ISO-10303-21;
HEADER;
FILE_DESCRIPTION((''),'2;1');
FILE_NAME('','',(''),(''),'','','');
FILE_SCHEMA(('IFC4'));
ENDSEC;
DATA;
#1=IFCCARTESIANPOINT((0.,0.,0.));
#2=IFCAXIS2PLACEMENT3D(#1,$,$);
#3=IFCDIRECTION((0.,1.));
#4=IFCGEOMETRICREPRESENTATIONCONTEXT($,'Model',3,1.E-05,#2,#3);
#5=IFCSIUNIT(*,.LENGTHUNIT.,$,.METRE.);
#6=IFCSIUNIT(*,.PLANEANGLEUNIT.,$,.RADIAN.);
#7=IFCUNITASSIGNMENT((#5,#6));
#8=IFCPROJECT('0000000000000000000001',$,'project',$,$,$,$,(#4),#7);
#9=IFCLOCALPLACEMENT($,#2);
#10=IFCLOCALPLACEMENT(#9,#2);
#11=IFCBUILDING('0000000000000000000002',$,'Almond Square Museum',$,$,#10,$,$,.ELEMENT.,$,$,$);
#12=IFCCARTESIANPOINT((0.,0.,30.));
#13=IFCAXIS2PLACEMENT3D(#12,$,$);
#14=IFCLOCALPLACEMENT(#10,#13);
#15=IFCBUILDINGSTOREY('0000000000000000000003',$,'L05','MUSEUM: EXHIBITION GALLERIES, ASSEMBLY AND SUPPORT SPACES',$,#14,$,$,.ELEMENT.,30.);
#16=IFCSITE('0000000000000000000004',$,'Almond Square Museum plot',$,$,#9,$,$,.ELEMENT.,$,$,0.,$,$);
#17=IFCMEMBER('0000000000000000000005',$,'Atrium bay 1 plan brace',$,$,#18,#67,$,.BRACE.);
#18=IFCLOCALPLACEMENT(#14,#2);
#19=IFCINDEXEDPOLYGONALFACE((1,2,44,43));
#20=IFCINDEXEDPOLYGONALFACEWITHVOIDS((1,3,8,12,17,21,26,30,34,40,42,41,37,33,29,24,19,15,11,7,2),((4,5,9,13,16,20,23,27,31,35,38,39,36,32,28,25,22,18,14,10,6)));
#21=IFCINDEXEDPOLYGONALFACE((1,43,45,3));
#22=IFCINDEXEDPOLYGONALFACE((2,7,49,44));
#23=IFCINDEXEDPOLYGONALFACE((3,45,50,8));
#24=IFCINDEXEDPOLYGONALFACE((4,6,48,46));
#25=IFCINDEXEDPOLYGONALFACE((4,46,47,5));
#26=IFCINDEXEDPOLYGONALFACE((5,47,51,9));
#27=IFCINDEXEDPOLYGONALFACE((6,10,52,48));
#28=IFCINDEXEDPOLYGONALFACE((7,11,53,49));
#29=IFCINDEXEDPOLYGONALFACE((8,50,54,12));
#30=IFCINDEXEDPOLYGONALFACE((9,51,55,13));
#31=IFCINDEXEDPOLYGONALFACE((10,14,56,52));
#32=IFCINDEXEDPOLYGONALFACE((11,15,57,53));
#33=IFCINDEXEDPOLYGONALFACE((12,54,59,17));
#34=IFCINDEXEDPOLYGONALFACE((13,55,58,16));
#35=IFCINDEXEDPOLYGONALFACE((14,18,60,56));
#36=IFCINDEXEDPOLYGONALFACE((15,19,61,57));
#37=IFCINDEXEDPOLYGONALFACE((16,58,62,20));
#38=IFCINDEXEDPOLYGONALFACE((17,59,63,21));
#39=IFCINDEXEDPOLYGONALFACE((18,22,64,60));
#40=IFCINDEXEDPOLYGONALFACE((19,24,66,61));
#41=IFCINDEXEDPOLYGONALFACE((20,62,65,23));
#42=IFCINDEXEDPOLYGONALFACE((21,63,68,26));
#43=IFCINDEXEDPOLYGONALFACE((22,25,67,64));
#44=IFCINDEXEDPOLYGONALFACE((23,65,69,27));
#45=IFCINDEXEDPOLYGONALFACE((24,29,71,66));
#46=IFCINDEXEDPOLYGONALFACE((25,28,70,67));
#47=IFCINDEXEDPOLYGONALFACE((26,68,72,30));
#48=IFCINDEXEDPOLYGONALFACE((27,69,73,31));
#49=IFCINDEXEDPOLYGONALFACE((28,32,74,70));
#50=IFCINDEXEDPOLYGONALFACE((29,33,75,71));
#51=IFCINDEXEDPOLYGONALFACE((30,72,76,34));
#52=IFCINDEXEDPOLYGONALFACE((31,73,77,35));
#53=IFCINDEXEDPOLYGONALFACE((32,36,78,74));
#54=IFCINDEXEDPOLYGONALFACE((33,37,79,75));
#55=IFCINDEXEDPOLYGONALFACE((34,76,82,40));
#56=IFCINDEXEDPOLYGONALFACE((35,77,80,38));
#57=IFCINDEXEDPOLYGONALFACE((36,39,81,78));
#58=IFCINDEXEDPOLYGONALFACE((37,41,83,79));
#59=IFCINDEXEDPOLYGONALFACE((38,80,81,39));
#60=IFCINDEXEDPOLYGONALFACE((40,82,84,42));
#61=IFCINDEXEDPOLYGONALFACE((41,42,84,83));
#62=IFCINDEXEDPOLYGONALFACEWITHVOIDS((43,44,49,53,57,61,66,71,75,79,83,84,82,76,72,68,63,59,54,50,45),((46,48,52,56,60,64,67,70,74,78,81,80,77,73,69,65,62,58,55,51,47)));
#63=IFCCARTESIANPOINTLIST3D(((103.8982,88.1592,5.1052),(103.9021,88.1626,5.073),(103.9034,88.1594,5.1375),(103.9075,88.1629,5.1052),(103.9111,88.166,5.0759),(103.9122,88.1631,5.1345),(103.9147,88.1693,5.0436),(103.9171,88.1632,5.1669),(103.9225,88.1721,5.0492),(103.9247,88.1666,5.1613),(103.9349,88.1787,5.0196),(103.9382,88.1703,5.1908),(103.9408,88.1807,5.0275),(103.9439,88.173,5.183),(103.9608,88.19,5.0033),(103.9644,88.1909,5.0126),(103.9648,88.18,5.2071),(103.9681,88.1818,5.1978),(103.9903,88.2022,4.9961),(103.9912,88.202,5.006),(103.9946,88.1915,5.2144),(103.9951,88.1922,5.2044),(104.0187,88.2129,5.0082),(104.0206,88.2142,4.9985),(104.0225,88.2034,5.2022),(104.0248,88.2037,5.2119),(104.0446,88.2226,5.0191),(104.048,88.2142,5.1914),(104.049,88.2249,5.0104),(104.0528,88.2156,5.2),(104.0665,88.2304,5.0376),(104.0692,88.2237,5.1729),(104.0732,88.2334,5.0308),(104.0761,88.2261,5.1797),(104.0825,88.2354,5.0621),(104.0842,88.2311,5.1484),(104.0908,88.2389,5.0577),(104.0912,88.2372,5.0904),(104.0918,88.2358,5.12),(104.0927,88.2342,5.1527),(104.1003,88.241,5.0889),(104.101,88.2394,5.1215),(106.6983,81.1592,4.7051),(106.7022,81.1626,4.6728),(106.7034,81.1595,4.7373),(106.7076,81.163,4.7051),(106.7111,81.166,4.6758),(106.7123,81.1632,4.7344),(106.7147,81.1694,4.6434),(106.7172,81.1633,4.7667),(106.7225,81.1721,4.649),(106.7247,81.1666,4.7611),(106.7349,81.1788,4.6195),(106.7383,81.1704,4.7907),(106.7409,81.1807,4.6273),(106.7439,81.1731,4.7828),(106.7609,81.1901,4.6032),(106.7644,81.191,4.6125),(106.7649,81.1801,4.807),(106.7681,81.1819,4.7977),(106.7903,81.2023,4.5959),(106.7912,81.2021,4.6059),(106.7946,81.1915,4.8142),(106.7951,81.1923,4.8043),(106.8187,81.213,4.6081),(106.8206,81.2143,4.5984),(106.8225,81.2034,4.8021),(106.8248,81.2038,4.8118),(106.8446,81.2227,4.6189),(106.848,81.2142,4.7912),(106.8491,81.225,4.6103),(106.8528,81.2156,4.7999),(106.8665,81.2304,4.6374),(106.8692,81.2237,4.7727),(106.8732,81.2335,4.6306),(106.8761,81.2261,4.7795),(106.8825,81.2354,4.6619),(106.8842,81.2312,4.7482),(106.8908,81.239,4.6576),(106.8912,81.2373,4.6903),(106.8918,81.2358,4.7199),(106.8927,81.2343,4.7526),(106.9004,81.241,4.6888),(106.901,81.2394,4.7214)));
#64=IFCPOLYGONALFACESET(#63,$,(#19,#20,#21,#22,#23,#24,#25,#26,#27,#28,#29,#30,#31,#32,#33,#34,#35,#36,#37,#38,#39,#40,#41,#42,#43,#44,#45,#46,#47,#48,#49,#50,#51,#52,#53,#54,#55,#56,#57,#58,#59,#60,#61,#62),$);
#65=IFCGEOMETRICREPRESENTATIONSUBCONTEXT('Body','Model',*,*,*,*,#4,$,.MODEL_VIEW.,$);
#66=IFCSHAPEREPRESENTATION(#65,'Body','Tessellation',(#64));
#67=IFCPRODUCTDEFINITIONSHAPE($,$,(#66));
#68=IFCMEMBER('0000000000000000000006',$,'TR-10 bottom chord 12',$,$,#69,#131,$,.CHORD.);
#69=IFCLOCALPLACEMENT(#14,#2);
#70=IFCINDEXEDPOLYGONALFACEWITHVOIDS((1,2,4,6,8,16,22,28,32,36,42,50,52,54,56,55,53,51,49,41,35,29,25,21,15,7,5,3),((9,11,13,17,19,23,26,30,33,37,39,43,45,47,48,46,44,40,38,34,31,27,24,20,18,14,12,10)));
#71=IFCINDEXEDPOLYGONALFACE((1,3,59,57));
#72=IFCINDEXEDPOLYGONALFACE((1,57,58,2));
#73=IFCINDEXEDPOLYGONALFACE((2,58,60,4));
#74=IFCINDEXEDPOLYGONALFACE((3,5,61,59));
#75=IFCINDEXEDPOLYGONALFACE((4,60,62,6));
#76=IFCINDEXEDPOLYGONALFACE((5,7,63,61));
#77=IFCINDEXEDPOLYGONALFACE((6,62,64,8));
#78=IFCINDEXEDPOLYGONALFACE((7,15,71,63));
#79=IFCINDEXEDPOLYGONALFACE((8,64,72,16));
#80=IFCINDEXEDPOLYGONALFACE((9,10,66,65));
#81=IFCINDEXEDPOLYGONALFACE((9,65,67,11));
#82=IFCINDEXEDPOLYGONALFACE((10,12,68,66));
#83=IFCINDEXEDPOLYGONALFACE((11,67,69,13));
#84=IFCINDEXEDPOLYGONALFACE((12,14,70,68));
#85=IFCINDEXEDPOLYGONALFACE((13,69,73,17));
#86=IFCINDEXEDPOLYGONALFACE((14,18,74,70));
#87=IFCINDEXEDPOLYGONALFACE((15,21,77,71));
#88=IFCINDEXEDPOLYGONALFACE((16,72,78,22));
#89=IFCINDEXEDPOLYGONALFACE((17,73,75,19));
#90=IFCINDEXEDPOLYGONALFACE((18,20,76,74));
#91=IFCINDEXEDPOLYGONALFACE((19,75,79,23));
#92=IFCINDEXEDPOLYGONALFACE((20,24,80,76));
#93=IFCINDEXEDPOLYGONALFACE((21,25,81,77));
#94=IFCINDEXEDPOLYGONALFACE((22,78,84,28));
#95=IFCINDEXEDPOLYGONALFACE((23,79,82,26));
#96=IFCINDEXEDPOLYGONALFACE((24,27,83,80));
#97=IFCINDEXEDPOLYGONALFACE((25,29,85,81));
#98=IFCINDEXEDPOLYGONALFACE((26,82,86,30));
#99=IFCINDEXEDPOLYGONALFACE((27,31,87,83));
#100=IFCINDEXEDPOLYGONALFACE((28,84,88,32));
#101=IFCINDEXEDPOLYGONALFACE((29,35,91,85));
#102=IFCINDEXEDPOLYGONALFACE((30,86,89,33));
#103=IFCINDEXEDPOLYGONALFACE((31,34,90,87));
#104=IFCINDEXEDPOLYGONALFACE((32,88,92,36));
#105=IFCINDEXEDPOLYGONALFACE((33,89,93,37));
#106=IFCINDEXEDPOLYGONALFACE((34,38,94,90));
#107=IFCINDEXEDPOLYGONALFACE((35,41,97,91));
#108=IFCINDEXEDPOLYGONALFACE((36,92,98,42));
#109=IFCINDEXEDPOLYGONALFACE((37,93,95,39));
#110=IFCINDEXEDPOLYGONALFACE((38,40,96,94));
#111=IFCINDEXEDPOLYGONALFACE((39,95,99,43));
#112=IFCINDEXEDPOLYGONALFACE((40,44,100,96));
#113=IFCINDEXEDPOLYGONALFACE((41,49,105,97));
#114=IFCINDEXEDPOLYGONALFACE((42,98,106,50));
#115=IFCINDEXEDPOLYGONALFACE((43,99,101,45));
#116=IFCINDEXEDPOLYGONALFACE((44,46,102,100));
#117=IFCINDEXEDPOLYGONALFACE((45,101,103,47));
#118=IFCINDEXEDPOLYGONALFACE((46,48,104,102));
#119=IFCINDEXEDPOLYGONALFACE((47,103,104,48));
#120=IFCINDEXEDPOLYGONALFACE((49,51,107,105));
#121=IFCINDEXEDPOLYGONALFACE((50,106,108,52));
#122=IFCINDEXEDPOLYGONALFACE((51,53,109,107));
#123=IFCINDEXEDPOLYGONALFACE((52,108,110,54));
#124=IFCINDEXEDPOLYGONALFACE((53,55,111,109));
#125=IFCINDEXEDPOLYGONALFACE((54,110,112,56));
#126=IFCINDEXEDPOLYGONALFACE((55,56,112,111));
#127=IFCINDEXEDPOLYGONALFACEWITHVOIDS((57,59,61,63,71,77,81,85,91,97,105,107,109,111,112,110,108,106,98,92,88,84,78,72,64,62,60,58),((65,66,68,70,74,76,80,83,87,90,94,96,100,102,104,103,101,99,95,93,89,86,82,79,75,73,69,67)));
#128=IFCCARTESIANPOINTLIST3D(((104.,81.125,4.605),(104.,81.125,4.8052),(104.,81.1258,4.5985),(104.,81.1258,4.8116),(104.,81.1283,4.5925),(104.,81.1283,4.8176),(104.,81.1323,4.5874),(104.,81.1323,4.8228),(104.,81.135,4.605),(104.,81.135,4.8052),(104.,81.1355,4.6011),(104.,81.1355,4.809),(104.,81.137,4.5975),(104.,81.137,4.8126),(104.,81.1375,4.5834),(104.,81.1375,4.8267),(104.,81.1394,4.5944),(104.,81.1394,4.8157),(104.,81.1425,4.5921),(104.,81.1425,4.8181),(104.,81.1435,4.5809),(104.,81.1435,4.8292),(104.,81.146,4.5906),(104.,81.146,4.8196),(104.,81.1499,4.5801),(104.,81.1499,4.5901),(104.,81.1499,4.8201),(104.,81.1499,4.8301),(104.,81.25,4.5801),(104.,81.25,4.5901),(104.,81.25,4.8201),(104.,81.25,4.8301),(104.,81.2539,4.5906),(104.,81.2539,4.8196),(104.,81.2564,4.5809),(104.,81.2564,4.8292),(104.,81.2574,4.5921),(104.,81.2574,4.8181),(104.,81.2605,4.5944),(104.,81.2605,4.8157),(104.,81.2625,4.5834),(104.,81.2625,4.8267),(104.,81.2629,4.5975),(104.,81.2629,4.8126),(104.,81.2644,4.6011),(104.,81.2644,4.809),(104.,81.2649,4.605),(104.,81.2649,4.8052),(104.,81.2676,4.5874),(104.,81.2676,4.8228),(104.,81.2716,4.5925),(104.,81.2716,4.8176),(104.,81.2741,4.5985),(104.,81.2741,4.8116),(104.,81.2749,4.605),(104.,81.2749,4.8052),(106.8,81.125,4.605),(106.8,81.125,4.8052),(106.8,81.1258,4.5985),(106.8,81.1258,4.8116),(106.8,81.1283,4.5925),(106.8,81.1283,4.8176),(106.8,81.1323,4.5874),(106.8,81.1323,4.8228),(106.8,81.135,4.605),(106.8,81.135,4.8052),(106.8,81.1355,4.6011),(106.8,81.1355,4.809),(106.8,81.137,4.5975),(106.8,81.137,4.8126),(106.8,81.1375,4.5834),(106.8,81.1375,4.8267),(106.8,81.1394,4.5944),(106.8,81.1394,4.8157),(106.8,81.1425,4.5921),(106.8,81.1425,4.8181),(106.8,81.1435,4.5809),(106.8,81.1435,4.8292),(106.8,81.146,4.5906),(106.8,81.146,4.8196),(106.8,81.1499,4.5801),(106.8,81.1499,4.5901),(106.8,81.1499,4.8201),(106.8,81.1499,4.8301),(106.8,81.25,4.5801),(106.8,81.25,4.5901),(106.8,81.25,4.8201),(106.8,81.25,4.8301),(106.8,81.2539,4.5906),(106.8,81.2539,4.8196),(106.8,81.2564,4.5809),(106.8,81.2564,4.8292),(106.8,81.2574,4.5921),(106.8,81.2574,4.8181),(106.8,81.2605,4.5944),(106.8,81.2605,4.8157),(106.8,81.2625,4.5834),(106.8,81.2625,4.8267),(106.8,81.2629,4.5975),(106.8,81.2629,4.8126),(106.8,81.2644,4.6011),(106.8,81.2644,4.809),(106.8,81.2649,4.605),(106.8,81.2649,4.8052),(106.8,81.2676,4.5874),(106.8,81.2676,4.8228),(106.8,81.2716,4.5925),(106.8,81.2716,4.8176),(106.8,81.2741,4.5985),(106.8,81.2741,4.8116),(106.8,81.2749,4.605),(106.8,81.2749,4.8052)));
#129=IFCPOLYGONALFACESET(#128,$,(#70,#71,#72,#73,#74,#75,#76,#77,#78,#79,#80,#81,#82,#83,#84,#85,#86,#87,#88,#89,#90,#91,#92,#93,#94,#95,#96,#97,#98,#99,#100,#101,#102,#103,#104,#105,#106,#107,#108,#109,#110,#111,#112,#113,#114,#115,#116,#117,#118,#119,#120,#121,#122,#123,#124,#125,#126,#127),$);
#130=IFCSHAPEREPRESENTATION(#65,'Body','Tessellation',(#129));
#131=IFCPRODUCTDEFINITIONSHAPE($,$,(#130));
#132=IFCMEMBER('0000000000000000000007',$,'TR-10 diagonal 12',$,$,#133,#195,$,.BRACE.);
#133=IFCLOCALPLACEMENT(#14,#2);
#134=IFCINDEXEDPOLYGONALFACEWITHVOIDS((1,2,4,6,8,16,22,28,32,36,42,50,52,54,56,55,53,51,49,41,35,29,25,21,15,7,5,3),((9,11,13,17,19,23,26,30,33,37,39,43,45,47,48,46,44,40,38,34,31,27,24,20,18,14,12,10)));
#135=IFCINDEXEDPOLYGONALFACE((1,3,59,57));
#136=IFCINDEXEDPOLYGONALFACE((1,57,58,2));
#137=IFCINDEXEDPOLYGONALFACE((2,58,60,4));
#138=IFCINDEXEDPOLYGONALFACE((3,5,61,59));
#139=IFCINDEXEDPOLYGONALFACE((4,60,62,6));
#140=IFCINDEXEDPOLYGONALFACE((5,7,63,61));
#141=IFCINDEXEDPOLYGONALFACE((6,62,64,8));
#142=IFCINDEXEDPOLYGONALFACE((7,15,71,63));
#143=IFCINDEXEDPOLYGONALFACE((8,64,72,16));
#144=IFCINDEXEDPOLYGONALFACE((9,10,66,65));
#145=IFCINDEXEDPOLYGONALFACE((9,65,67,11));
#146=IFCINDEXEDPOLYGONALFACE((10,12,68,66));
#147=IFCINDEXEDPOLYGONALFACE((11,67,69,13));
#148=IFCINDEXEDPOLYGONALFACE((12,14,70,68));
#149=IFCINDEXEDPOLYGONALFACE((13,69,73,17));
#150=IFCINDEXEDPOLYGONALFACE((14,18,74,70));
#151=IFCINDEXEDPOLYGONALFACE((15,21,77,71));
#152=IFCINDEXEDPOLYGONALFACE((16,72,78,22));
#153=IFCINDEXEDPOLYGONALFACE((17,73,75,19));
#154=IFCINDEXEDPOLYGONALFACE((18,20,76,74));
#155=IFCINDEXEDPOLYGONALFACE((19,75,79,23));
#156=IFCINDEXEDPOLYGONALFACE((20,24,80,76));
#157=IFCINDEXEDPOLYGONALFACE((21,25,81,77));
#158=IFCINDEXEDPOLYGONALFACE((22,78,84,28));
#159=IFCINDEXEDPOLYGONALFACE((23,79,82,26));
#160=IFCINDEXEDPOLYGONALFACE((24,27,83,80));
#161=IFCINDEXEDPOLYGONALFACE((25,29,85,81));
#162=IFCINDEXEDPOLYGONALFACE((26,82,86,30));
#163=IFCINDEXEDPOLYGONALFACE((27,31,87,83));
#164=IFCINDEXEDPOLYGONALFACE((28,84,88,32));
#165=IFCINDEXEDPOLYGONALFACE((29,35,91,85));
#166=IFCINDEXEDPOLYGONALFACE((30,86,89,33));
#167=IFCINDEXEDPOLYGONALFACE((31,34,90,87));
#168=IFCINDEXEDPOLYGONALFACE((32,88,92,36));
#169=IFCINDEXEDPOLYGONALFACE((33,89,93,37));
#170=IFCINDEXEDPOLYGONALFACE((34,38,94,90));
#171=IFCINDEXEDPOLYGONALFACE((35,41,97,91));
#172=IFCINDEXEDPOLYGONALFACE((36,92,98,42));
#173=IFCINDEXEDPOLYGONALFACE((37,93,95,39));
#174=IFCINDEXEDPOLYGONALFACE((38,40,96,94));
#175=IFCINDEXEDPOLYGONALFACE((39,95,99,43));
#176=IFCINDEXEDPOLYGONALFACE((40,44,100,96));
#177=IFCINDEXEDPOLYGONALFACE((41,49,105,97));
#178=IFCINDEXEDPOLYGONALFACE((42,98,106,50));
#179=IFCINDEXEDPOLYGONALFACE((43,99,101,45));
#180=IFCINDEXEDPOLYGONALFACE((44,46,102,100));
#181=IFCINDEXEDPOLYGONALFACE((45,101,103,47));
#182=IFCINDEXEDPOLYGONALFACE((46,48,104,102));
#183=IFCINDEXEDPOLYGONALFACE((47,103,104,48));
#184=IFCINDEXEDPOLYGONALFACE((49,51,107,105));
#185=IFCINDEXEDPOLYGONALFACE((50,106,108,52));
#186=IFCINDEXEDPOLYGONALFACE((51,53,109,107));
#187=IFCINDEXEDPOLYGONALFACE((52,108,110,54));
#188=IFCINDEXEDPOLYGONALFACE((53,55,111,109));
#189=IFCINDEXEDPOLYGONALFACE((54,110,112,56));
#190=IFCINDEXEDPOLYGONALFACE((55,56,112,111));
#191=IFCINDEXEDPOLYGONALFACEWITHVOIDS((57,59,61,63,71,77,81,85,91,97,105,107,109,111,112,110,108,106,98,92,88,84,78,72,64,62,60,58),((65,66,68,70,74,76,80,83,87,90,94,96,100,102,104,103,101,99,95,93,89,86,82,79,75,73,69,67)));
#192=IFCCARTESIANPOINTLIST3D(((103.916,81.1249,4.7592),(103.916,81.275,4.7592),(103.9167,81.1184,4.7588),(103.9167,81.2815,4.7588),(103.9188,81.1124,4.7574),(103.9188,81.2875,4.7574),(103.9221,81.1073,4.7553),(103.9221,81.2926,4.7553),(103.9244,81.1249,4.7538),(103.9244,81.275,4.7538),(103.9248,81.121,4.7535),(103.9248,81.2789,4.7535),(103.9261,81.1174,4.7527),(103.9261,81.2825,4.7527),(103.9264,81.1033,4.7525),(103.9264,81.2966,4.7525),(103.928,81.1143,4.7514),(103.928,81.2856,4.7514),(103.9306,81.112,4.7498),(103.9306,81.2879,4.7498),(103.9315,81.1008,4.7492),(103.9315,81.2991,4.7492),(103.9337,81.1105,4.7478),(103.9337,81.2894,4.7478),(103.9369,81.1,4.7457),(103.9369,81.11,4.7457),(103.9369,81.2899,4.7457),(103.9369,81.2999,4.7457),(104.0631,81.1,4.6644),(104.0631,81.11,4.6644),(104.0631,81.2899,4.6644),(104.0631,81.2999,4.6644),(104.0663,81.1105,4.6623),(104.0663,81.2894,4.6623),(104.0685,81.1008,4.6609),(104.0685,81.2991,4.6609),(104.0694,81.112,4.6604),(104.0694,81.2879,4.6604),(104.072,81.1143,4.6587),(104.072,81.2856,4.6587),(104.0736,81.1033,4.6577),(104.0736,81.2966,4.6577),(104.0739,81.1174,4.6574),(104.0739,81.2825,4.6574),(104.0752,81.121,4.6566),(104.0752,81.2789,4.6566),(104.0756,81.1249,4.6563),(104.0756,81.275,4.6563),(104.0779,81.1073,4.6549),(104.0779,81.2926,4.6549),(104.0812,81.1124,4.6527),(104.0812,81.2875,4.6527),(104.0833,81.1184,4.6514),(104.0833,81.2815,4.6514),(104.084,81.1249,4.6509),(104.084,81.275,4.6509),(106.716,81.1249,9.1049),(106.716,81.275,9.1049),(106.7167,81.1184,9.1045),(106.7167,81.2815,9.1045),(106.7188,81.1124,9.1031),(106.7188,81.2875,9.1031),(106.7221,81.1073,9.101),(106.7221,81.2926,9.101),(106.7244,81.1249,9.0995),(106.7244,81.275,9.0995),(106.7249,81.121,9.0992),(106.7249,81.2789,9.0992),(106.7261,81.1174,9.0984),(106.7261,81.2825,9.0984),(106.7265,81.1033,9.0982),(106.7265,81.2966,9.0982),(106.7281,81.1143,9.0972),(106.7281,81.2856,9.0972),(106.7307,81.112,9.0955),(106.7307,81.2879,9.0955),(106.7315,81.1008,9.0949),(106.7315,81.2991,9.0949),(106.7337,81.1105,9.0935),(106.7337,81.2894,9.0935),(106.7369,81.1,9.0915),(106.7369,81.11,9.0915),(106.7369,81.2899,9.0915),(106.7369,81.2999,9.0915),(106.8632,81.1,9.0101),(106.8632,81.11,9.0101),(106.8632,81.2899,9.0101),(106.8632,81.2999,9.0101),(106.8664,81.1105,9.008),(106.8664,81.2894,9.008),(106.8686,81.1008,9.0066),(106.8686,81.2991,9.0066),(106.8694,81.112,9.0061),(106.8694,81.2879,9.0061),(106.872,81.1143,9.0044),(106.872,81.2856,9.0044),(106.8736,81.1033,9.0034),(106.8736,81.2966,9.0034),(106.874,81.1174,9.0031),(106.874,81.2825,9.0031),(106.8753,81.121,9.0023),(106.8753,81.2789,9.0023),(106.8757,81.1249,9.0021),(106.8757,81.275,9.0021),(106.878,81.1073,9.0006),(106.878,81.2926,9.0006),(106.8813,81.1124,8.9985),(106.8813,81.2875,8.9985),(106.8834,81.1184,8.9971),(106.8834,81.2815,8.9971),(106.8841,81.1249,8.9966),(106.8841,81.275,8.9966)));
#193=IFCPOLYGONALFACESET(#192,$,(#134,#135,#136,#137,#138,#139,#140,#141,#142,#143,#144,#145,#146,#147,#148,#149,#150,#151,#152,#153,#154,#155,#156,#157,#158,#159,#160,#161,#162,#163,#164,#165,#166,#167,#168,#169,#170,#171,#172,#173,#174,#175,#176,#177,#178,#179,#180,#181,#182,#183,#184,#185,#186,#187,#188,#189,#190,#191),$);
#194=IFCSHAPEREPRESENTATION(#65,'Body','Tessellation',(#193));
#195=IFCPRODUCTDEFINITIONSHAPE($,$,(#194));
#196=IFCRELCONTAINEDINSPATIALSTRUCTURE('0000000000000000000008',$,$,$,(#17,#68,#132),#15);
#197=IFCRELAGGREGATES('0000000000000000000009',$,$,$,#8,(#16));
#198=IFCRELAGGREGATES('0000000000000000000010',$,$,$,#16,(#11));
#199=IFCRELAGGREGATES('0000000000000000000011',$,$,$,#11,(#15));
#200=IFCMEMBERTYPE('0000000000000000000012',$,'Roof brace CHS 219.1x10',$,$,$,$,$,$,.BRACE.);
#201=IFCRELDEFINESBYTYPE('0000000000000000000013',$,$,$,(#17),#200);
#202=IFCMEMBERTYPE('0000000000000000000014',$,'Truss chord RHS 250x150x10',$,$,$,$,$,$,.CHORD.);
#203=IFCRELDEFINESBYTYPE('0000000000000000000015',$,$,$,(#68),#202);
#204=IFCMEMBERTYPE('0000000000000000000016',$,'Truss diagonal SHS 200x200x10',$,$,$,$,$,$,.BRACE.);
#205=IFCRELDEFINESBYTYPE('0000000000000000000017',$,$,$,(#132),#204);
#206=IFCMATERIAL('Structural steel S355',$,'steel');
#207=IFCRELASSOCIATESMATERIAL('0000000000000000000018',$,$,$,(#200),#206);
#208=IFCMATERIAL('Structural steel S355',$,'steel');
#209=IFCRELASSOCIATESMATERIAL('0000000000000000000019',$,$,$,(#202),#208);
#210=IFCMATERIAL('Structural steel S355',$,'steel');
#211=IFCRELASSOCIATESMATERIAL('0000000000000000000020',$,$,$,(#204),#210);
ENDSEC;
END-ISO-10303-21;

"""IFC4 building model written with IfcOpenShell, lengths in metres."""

from ifc_helpers import new_model, si_unit, direction, frame, origin, origin_2d, place, context, subcontext, project, spatial, hollow_rectangle, hollow_circle, extrude, material, material_profile, profile_set, type_object, element, save


model = new_model("IFC4")

# Units and contexts
model_context = context("Model", 3, precision=1e-05, world=origin(), true_north=direction((0.0, 1.0)))
body_context = subcontext(model_context, "Body", "Model", "MODEL_VIEW")
ifc_project = project(units=[si_unit("LENGTHUNIT", "METRE"), si_unit("PLANEANGLEUNIT", "RADIAN")], contexts=[model_context])

# Site, building, storey
site_placement = place(None, origin())
site = spatial("IfcSite", under=ifc_project, at=site_placement, Name="Almond Square Museum plot", CompositionType="ELEMENT", RefElevation=0.0)
building_placement = place(site_placement, origin())
building = spatial("IfcBuilding", under=site, at=building_placement, Name="Almond Square Museum", CompositionType="ELEMENT")
storey_placement = place(building_placement, frame((0.0, 0.0, 30.0)))
storey = spatial("IfcBuildingStorey", under=building, at=storey_placement, Name="L05", Description="MUSEUM: EXHIBITION GALLERIES, ASSEMBLY AND SUPPORT SPACES", CompositionType="ELEMENT", Elevation=30.0)

# Members
ifc_material_1 = material(Name="Structural steel S355", Category="steel")
ifc_material_profile_1 = material_profile(ifc_material_1, hollow_circle(Radius=0.1096, WallThickness=0.01, at=origin_2d()))
ifc_profile_set_1 = profile_set([ifc_material_profile_1], Name="Structural steel S355")
member_type_1 = type_object("IfcMemberType", Name="Roof brace CHS 219.1x10", PredefinedType="BRACE", material=ifc_profile_set_1)
member_1_placement = place(storey_placement, frame((106.8, 81.2, 4.7051), z_axis=(-0.370874, 0.927169, 0.053001), x_axis=(-0.928474, -0.371396, 0.0)))
element("IfcMember", 1, at=member_1_placement, inside=storey, type_object=member_type_1, Name="Atrium bay 1 plan brace", PredefinedType="BRACE", context=body_context, shape_type="SweptSolid", body=[
    extrude(hollow_circle(Radius=0.1096, WallThickness=0.01, at=origin_2d()), origin(), (0.0, 0.0, 1.0), 7.5498),
])
ifc_material_2 = material(Name="Structural steel S355", Category="steel")
ifc_material_profile_2 = material_profile(ifc_material_2, hollow_rectangle(XDim=0.1499, YDim=0.25, WallThickness=0.01, InnerFilletRadius=0.0149, OuterFilletRadius=0.0249, at=origin_2d()))
ifc_profile_set_2 = profile_set([ifc_material_profile_2], Name="Structural steel S355")
member_type_2 = type_object("IfcMemberType", Name="Truss chord RHS 250x150x10", PredefinedType="CHORD", material=ifc_profile_set_2)
member_2_placement = place(storey_placement, frame((104.0, 81.2, 4.7051), z_axis=(1.0, 0.0, 0.0), x_axis=(0.0, 1.0, 0.0)))
element("IfcMember", 2, at=member_2_placement, inside=storey, type_object=member_type_2, Name="TR-10 bottom chord 12", PredefinedType="CHORD", context=body_context, shape_type="SweptSolid", body=[
    extrude(hollow_rectangle(XDim=0.1499, YDim=0.25, WallThickness=0.01, InnerFilletRadius=0.0149, OuterFilletRadius=0.0249, at=origin_2d()), origin(), (0.0, 0.0, 1.0), 2.8),
])
ifc_material_3 = material(Name="Structural steel S355", Category="steel")
ifc_material_profile_3 = material_profile(ifc_material_3, hollow_rectangle(XDim=0.2, YDim=0.2, WallThickness=0.01, InnerFilletRadius=0.0149, OuterFilletRadius=0.0249, at=origin_2d()))
ifc_profile_set_3 = profile_set([ifc_material_profile_3], Name="Structural steel S355")
member_type_3 = type_object("IfcMemberType", Name="Truss diagonal SHS 200x200x10", PredefinedType="BRACE", material=ifc_profile_set_3)
member_3_placement = place(storey_placement, frame((104.0, 81.2, 4.7051), z_axis=(0.541631, 0.0, 0.840616), x_axis=(0.0, 1.0, 0.0)))
element("IfcMember", 3, at=member_3_placement, inside=storey, type_object=member_type_3, Name="TR-10 diagonal 12", PredefinedType="BRACE", context=body_context, shape_type="SweptSolid", body=[
    extrude(hollow_rectangle(XDim=0.2, YDim=0.2, WallThickness=0.01, InnerFilletRadius=0.0149, OuterFilletRadius=0.0249, at=origin_2d()), origin(), (0.0, 0.0, 1.0), 5.1697),
])

save(model, "model.ifc")
